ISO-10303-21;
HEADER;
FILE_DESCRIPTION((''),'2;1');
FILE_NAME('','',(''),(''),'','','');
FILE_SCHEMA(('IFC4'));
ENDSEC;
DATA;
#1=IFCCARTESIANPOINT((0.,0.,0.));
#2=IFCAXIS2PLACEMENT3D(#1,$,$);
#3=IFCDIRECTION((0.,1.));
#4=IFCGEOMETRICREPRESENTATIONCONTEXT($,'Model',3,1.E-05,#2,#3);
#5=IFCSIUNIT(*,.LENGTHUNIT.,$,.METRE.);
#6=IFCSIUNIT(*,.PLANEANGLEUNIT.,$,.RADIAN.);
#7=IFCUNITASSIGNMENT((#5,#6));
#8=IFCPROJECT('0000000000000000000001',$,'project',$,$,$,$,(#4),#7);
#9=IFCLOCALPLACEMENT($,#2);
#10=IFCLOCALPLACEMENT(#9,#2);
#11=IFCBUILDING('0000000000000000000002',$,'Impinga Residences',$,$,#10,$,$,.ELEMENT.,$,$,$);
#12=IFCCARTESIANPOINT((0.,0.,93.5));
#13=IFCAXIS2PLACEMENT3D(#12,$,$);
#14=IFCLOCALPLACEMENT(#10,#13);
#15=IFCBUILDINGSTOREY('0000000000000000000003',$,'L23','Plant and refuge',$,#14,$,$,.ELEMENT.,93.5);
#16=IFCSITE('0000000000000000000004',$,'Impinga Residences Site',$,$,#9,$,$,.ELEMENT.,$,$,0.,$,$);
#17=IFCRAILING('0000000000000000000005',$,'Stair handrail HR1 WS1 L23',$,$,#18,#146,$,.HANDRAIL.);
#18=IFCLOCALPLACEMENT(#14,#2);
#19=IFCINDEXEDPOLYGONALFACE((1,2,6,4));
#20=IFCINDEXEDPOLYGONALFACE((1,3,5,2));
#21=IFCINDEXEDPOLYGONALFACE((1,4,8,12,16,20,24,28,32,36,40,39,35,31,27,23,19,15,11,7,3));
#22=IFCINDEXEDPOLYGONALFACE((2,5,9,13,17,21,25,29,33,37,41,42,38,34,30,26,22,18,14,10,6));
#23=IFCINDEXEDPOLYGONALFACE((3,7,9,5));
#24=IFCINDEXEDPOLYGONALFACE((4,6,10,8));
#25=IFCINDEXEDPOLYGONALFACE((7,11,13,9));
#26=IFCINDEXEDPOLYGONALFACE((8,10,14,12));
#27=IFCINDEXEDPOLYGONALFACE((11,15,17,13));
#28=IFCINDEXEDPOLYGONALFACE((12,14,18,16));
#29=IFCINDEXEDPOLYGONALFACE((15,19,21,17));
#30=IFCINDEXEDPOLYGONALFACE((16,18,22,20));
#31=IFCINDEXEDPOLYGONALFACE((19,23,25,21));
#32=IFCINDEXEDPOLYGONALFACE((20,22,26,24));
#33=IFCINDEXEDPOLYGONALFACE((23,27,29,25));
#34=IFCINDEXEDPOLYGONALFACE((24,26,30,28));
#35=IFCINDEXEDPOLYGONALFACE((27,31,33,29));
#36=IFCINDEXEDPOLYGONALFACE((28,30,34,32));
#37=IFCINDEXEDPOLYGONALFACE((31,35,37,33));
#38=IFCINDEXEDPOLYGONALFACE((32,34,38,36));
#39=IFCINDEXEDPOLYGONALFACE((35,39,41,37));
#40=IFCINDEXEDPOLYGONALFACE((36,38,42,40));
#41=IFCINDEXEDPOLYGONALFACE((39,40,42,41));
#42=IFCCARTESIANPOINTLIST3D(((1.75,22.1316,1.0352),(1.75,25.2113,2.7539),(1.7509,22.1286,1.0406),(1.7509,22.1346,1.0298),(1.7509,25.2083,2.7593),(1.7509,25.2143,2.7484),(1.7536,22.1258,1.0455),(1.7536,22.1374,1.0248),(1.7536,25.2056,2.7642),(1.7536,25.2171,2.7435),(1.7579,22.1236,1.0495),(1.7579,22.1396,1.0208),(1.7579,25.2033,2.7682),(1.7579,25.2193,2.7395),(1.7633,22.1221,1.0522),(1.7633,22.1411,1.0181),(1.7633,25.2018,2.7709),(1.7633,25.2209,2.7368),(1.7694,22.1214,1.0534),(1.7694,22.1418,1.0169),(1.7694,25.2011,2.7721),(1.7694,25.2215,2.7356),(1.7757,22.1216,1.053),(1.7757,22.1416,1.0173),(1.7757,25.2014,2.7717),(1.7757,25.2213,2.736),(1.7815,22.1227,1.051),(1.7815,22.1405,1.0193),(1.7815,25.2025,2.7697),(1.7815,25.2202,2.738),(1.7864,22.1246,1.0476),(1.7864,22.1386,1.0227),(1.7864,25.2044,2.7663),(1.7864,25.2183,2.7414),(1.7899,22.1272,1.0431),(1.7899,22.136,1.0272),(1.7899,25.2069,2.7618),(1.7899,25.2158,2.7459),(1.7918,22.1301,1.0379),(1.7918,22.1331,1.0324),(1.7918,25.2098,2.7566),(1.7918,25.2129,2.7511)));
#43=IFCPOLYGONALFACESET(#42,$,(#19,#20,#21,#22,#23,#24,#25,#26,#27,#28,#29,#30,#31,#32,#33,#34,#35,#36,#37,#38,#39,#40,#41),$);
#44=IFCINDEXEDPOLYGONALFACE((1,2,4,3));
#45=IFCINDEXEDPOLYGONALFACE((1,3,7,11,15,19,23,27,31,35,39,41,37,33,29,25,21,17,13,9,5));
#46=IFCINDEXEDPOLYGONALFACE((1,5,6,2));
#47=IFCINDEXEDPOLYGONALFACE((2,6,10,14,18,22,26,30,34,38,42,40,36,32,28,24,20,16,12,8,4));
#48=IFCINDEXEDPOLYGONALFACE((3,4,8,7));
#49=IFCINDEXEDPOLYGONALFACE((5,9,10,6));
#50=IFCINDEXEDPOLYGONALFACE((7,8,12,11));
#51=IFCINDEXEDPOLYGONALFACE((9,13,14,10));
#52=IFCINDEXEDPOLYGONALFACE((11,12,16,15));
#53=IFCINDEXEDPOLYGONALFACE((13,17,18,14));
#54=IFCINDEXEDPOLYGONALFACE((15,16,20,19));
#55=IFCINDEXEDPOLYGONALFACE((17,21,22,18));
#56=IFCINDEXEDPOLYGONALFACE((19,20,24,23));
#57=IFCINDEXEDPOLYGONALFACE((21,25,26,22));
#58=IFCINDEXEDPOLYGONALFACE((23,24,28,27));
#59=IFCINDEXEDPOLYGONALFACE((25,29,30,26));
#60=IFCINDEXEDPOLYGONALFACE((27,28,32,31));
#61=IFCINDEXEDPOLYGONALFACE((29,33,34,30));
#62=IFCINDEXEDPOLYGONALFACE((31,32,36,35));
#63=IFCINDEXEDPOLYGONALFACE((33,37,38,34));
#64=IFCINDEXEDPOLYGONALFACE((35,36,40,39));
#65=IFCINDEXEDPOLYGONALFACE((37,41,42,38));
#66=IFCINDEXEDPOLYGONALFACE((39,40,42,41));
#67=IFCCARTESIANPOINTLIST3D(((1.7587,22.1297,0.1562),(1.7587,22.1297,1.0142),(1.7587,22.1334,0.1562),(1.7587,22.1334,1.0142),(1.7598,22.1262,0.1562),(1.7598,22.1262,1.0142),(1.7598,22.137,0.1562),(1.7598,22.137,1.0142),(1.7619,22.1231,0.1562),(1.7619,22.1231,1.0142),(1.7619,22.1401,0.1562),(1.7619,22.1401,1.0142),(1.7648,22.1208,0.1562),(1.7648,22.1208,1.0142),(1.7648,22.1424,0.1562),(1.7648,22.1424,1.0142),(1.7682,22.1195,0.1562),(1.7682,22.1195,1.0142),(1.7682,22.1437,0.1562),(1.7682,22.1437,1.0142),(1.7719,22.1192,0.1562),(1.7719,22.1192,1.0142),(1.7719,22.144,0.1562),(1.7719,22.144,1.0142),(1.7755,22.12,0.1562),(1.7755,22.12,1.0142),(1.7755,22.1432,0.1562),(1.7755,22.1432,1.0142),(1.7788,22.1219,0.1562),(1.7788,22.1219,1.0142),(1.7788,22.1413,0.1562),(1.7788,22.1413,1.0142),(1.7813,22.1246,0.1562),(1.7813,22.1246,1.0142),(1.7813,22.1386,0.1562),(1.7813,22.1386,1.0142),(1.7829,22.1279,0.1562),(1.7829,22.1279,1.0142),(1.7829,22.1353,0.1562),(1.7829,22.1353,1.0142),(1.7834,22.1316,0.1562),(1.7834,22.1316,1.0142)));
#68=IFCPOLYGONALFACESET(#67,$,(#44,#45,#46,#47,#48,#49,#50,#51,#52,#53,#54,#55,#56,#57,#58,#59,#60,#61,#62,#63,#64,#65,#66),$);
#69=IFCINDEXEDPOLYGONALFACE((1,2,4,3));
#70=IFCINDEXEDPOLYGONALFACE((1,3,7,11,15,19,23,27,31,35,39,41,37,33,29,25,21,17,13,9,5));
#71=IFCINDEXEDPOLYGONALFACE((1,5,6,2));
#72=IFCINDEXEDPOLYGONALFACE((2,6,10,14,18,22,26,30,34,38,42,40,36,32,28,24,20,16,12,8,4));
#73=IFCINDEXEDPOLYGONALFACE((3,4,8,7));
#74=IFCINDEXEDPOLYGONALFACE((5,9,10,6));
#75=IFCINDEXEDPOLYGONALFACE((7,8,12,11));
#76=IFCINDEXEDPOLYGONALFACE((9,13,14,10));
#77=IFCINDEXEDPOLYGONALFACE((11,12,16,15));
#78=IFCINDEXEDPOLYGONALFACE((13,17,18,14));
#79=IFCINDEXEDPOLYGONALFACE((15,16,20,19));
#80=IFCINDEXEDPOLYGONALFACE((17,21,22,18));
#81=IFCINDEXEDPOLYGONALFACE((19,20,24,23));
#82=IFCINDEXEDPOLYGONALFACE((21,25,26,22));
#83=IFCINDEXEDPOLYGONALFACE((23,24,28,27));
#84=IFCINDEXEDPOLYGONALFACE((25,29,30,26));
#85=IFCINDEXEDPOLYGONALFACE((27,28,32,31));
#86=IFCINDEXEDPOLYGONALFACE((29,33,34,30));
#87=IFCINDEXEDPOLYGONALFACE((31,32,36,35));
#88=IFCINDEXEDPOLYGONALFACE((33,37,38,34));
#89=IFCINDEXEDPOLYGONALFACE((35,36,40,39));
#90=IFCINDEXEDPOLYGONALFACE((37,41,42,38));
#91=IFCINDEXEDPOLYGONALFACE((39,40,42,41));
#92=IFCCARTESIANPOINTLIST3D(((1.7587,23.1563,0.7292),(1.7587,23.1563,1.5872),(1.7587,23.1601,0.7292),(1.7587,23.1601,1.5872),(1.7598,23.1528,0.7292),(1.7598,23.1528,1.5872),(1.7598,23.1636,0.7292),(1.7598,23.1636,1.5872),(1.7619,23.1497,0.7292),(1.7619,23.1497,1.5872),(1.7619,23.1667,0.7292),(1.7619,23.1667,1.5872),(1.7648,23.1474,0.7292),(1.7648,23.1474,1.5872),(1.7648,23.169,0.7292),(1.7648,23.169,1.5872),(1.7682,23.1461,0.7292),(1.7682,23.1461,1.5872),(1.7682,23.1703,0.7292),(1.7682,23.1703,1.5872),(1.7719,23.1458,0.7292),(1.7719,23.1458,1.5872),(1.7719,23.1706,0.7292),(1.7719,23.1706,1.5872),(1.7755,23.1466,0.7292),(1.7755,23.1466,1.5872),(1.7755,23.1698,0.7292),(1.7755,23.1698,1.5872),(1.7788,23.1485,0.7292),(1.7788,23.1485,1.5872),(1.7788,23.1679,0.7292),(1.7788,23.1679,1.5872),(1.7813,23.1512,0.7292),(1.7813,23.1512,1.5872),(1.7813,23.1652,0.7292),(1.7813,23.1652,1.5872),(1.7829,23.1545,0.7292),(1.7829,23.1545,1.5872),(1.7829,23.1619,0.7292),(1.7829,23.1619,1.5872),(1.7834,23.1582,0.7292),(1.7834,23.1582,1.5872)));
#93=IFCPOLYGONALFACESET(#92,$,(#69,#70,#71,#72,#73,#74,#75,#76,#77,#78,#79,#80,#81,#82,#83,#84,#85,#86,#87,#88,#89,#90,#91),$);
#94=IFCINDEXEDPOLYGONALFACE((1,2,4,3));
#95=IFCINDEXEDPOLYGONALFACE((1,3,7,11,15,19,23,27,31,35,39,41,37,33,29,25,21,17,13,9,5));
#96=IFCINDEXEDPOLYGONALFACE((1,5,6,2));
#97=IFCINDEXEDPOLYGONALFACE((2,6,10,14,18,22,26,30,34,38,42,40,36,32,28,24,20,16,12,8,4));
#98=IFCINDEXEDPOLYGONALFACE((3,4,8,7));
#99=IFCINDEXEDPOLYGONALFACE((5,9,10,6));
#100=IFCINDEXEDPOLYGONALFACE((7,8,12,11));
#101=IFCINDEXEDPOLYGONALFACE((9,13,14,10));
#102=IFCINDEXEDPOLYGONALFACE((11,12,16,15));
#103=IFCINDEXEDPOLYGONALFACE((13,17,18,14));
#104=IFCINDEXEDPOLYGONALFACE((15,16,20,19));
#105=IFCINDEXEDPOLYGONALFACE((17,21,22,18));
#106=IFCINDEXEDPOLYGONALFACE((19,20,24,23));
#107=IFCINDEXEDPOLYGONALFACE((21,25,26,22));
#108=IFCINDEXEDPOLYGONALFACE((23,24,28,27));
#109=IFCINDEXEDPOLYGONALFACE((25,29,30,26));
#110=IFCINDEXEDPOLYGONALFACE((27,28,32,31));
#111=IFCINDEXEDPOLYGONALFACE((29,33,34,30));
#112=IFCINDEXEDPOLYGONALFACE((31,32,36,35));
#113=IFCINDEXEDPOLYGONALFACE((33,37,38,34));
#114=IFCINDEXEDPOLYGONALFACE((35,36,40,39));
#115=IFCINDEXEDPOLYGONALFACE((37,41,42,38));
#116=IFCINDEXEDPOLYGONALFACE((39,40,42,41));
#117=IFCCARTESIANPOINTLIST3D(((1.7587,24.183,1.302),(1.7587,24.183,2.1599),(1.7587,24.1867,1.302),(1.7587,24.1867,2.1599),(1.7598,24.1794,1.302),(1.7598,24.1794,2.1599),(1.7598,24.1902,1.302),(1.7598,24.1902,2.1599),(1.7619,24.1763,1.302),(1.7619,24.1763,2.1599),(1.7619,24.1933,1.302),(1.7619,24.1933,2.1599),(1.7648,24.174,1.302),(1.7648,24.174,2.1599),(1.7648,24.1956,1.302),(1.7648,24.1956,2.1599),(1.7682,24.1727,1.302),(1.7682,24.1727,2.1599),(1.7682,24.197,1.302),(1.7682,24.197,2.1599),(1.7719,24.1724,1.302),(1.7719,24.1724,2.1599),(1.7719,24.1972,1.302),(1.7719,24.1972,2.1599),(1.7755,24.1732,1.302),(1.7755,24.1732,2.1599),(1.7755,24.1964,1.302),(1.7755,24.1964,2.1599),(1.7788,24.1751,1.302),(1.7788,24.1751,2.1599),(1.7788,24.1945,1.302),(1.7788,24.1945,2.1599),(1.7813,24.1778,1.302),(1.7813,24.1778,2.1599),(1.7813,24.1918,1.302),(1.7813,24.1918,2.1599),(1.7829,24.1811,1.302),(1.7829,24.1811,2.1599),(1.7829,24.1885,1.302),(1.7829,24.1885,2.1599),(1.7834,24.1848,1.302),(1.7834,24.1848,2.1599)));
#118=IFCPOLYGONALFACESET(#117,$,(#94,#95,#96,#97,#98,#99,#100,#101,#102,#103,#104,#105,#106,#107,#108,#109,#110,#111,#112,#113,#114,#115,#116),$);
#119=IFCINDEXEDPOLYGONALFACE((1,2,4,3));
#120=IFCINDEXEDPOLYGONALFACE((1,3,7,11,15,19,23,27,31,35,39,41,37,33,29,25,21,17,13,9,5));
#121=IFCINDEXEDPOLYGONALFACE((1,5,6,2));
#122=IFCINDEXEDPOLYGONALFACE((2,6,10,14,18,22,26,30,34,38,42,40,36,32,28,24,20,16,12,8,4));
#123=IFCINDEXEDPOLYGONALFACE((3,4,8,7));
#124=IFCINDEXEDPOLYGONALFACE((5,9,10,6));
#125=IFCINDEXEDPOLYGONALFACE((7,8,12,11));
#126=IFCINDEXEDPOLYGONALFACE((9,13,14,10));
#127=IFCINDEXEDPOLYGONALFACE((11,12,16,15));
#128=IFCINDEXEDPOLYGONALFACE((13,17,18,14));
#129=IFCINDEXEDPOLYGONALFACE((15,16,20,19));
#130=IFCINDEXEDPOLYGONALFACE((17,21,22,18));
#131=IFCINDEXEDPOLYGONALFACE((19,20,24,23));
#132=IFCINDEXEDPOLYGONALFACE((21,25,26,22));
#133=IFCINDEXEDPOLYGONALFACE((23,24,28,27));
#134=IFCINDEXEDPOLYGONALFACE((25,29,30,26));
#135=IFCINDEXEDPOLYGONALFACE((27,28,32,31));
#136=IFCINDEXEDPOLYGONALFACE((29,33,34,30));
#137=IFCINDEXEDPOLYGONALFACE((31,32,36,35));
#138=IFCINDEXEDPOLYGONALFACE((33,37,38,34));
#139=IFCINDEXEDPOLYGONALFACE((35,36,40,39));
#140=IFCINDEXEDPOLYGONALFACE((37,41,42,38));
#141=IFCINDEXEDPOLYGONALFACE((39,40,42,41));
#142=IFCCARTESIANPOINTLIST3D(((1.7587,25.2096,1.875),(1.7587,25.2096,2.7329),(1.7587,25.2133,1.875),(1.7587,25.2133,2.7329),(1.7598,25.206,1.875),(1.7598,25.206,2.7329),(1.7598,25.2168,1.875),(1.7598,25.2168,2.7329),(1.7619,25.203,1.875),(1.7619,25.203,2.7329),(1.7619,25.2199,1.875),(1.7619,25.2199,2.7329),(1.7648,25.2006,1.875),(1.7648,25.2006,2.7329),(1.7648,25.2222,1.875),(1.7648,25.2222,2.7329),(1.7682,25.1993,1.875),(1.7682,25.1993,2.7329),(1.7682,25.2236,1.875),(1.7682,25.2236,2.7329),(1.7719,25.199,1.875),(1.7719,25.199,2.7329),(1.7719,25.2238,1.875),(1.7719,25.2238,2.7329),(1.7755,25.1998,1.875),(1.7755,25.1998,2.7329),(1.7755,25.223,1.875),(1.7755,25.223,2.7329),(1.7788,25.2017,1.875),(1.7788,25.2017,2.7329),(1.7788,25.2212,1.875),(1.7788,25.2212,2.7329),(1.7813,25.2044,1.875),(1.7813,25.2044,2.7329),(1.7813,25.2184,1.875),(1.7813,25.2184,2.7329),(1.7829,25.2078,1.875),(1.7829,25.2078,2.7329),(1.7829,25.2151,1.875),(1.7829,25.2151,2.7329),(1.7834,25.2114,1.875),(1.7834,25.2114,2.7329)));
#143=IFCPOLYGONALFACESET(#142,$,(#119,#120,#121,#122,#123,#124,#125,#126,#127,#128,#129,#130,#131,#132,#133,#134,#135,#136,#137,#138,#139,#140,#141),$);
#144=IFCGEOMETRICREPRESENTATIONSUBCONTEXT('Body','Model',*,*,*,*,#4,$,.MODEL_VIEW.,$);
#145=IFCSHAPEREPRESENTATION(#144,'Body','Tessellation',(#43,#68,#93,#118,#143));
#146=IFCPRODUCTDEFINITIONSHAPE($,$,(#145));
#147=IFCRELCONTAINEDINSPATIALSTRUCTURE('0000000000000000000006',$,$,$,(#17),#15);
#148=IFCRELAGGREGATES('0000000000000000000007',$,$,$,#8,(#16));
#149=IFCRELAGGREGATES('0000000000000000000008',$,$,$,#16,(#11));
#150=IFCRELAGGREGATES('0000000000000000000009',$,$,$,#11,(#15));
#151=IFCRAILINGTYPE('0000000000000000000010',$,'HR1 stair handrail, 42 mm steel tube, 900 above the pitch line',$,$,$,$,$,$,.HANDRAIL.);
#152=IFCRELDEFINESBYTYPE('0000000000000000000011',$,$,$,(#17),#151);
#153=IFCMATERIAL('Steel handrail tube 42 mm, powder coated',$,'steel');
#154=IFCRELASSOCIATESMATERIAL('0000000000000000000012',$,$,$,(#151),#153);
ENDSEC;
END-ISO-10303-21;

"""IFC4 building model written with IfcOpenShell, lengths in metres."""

from ifc_helpers import new_model, si_unit, direction, frame, origin, origin_2d, place, context, subcontext, project, spatial, circle, extrude, material, type_object, element, save


model = new_model("IFC4")

# Units and contexts
model_context = context("Model", 3, precision=1e-05, world=origin(), true_north=direction((0.0, 1.0)))
body_context = subcontext(model_context, "Body", "Model", "MODEL_VIEW")
ifc_project = project(units=[si_unit("LENGTHUNIT", "METRE"), si_unit("PLANEANGLEUNIT", "RADIAN")], contexts=[model_context])

# Site, building, storey
site_placement = place(None, origin())
site = spatial("IfcSite", under=ifc_project, at=site_placement, Name="Impinga Residences Site", CompositionType="ELEMENT", RefElevation=0.0)
building_placement = place(site_placement, origin())
building = spatial("IfcBuilding", under=site, at=building_placement, Name="Impinga Residences", CompositionType="ELEMENT")
storey_placement = place(building_placement, frame((0.0, 0.0, 93.5)))
storey = spatial("IfcBuildingStorey", under=building, at=storey_placement, Name="L23", Description="Plant and refuge", CompositionType="ELEMENT", Elevation=93.5)

# Railing
ifc_material_1 = material(Name="Steel handrail tube 42 mm, powder coated", Category="steel")
railing_type_1 = type_object("IfcRailingType", Name="HR1 stair handrail, 42 mm steel tube, 900 above the pitch line", PredefinedType="HANDRAIL", material=ifc_material_1)
for number, where, name in (
    (1, (1.771, 22.1316, 0.1562), "Stair handrail HR1 WS1 L23"),
):
    element("IfcRailing", number, at=place(storey_placement, frame(where)), inside=storey, type_object=railing_type_1, Name=name, PredefinedType="HANDRAIL", context=body_context, shape_type="SweptSolid", body=[
        extrude(circle(Radius=0.021, at=origin_2d()), frame((0.0, 0.0, 0.8789), z_axis=(0.0, 0.873225, 0.487317), x_axis=(-1.0, 0.0, 0.0)), (0.0, 0.0, 1.0), 3.5269),
        extrude(circle(Radius=0.0125, at=origin_2d()), origin(), (0.0, 0.0, 1.0), 0.8579),
        extrude(circle(Radius=0.0125, at=origin_2d()), frame((0.0, 1.0266, 0.573)), (0.0, 0.0, 1.0), 0.8579),
        extrude(circle(Radius=0.0125, at=origin_2d()), frame((0.0, 2.0532, 1.1458)), (0.0, 0.0, 1.0), 0.8579),
        extrude(circle(Radius=0.0125, at=origin_2d()), frame((0.0, 3.0798, 1.7188)), (0.0, 0.0, 1.0), 0.8579),
    ])

save(model, "model.ifc")
